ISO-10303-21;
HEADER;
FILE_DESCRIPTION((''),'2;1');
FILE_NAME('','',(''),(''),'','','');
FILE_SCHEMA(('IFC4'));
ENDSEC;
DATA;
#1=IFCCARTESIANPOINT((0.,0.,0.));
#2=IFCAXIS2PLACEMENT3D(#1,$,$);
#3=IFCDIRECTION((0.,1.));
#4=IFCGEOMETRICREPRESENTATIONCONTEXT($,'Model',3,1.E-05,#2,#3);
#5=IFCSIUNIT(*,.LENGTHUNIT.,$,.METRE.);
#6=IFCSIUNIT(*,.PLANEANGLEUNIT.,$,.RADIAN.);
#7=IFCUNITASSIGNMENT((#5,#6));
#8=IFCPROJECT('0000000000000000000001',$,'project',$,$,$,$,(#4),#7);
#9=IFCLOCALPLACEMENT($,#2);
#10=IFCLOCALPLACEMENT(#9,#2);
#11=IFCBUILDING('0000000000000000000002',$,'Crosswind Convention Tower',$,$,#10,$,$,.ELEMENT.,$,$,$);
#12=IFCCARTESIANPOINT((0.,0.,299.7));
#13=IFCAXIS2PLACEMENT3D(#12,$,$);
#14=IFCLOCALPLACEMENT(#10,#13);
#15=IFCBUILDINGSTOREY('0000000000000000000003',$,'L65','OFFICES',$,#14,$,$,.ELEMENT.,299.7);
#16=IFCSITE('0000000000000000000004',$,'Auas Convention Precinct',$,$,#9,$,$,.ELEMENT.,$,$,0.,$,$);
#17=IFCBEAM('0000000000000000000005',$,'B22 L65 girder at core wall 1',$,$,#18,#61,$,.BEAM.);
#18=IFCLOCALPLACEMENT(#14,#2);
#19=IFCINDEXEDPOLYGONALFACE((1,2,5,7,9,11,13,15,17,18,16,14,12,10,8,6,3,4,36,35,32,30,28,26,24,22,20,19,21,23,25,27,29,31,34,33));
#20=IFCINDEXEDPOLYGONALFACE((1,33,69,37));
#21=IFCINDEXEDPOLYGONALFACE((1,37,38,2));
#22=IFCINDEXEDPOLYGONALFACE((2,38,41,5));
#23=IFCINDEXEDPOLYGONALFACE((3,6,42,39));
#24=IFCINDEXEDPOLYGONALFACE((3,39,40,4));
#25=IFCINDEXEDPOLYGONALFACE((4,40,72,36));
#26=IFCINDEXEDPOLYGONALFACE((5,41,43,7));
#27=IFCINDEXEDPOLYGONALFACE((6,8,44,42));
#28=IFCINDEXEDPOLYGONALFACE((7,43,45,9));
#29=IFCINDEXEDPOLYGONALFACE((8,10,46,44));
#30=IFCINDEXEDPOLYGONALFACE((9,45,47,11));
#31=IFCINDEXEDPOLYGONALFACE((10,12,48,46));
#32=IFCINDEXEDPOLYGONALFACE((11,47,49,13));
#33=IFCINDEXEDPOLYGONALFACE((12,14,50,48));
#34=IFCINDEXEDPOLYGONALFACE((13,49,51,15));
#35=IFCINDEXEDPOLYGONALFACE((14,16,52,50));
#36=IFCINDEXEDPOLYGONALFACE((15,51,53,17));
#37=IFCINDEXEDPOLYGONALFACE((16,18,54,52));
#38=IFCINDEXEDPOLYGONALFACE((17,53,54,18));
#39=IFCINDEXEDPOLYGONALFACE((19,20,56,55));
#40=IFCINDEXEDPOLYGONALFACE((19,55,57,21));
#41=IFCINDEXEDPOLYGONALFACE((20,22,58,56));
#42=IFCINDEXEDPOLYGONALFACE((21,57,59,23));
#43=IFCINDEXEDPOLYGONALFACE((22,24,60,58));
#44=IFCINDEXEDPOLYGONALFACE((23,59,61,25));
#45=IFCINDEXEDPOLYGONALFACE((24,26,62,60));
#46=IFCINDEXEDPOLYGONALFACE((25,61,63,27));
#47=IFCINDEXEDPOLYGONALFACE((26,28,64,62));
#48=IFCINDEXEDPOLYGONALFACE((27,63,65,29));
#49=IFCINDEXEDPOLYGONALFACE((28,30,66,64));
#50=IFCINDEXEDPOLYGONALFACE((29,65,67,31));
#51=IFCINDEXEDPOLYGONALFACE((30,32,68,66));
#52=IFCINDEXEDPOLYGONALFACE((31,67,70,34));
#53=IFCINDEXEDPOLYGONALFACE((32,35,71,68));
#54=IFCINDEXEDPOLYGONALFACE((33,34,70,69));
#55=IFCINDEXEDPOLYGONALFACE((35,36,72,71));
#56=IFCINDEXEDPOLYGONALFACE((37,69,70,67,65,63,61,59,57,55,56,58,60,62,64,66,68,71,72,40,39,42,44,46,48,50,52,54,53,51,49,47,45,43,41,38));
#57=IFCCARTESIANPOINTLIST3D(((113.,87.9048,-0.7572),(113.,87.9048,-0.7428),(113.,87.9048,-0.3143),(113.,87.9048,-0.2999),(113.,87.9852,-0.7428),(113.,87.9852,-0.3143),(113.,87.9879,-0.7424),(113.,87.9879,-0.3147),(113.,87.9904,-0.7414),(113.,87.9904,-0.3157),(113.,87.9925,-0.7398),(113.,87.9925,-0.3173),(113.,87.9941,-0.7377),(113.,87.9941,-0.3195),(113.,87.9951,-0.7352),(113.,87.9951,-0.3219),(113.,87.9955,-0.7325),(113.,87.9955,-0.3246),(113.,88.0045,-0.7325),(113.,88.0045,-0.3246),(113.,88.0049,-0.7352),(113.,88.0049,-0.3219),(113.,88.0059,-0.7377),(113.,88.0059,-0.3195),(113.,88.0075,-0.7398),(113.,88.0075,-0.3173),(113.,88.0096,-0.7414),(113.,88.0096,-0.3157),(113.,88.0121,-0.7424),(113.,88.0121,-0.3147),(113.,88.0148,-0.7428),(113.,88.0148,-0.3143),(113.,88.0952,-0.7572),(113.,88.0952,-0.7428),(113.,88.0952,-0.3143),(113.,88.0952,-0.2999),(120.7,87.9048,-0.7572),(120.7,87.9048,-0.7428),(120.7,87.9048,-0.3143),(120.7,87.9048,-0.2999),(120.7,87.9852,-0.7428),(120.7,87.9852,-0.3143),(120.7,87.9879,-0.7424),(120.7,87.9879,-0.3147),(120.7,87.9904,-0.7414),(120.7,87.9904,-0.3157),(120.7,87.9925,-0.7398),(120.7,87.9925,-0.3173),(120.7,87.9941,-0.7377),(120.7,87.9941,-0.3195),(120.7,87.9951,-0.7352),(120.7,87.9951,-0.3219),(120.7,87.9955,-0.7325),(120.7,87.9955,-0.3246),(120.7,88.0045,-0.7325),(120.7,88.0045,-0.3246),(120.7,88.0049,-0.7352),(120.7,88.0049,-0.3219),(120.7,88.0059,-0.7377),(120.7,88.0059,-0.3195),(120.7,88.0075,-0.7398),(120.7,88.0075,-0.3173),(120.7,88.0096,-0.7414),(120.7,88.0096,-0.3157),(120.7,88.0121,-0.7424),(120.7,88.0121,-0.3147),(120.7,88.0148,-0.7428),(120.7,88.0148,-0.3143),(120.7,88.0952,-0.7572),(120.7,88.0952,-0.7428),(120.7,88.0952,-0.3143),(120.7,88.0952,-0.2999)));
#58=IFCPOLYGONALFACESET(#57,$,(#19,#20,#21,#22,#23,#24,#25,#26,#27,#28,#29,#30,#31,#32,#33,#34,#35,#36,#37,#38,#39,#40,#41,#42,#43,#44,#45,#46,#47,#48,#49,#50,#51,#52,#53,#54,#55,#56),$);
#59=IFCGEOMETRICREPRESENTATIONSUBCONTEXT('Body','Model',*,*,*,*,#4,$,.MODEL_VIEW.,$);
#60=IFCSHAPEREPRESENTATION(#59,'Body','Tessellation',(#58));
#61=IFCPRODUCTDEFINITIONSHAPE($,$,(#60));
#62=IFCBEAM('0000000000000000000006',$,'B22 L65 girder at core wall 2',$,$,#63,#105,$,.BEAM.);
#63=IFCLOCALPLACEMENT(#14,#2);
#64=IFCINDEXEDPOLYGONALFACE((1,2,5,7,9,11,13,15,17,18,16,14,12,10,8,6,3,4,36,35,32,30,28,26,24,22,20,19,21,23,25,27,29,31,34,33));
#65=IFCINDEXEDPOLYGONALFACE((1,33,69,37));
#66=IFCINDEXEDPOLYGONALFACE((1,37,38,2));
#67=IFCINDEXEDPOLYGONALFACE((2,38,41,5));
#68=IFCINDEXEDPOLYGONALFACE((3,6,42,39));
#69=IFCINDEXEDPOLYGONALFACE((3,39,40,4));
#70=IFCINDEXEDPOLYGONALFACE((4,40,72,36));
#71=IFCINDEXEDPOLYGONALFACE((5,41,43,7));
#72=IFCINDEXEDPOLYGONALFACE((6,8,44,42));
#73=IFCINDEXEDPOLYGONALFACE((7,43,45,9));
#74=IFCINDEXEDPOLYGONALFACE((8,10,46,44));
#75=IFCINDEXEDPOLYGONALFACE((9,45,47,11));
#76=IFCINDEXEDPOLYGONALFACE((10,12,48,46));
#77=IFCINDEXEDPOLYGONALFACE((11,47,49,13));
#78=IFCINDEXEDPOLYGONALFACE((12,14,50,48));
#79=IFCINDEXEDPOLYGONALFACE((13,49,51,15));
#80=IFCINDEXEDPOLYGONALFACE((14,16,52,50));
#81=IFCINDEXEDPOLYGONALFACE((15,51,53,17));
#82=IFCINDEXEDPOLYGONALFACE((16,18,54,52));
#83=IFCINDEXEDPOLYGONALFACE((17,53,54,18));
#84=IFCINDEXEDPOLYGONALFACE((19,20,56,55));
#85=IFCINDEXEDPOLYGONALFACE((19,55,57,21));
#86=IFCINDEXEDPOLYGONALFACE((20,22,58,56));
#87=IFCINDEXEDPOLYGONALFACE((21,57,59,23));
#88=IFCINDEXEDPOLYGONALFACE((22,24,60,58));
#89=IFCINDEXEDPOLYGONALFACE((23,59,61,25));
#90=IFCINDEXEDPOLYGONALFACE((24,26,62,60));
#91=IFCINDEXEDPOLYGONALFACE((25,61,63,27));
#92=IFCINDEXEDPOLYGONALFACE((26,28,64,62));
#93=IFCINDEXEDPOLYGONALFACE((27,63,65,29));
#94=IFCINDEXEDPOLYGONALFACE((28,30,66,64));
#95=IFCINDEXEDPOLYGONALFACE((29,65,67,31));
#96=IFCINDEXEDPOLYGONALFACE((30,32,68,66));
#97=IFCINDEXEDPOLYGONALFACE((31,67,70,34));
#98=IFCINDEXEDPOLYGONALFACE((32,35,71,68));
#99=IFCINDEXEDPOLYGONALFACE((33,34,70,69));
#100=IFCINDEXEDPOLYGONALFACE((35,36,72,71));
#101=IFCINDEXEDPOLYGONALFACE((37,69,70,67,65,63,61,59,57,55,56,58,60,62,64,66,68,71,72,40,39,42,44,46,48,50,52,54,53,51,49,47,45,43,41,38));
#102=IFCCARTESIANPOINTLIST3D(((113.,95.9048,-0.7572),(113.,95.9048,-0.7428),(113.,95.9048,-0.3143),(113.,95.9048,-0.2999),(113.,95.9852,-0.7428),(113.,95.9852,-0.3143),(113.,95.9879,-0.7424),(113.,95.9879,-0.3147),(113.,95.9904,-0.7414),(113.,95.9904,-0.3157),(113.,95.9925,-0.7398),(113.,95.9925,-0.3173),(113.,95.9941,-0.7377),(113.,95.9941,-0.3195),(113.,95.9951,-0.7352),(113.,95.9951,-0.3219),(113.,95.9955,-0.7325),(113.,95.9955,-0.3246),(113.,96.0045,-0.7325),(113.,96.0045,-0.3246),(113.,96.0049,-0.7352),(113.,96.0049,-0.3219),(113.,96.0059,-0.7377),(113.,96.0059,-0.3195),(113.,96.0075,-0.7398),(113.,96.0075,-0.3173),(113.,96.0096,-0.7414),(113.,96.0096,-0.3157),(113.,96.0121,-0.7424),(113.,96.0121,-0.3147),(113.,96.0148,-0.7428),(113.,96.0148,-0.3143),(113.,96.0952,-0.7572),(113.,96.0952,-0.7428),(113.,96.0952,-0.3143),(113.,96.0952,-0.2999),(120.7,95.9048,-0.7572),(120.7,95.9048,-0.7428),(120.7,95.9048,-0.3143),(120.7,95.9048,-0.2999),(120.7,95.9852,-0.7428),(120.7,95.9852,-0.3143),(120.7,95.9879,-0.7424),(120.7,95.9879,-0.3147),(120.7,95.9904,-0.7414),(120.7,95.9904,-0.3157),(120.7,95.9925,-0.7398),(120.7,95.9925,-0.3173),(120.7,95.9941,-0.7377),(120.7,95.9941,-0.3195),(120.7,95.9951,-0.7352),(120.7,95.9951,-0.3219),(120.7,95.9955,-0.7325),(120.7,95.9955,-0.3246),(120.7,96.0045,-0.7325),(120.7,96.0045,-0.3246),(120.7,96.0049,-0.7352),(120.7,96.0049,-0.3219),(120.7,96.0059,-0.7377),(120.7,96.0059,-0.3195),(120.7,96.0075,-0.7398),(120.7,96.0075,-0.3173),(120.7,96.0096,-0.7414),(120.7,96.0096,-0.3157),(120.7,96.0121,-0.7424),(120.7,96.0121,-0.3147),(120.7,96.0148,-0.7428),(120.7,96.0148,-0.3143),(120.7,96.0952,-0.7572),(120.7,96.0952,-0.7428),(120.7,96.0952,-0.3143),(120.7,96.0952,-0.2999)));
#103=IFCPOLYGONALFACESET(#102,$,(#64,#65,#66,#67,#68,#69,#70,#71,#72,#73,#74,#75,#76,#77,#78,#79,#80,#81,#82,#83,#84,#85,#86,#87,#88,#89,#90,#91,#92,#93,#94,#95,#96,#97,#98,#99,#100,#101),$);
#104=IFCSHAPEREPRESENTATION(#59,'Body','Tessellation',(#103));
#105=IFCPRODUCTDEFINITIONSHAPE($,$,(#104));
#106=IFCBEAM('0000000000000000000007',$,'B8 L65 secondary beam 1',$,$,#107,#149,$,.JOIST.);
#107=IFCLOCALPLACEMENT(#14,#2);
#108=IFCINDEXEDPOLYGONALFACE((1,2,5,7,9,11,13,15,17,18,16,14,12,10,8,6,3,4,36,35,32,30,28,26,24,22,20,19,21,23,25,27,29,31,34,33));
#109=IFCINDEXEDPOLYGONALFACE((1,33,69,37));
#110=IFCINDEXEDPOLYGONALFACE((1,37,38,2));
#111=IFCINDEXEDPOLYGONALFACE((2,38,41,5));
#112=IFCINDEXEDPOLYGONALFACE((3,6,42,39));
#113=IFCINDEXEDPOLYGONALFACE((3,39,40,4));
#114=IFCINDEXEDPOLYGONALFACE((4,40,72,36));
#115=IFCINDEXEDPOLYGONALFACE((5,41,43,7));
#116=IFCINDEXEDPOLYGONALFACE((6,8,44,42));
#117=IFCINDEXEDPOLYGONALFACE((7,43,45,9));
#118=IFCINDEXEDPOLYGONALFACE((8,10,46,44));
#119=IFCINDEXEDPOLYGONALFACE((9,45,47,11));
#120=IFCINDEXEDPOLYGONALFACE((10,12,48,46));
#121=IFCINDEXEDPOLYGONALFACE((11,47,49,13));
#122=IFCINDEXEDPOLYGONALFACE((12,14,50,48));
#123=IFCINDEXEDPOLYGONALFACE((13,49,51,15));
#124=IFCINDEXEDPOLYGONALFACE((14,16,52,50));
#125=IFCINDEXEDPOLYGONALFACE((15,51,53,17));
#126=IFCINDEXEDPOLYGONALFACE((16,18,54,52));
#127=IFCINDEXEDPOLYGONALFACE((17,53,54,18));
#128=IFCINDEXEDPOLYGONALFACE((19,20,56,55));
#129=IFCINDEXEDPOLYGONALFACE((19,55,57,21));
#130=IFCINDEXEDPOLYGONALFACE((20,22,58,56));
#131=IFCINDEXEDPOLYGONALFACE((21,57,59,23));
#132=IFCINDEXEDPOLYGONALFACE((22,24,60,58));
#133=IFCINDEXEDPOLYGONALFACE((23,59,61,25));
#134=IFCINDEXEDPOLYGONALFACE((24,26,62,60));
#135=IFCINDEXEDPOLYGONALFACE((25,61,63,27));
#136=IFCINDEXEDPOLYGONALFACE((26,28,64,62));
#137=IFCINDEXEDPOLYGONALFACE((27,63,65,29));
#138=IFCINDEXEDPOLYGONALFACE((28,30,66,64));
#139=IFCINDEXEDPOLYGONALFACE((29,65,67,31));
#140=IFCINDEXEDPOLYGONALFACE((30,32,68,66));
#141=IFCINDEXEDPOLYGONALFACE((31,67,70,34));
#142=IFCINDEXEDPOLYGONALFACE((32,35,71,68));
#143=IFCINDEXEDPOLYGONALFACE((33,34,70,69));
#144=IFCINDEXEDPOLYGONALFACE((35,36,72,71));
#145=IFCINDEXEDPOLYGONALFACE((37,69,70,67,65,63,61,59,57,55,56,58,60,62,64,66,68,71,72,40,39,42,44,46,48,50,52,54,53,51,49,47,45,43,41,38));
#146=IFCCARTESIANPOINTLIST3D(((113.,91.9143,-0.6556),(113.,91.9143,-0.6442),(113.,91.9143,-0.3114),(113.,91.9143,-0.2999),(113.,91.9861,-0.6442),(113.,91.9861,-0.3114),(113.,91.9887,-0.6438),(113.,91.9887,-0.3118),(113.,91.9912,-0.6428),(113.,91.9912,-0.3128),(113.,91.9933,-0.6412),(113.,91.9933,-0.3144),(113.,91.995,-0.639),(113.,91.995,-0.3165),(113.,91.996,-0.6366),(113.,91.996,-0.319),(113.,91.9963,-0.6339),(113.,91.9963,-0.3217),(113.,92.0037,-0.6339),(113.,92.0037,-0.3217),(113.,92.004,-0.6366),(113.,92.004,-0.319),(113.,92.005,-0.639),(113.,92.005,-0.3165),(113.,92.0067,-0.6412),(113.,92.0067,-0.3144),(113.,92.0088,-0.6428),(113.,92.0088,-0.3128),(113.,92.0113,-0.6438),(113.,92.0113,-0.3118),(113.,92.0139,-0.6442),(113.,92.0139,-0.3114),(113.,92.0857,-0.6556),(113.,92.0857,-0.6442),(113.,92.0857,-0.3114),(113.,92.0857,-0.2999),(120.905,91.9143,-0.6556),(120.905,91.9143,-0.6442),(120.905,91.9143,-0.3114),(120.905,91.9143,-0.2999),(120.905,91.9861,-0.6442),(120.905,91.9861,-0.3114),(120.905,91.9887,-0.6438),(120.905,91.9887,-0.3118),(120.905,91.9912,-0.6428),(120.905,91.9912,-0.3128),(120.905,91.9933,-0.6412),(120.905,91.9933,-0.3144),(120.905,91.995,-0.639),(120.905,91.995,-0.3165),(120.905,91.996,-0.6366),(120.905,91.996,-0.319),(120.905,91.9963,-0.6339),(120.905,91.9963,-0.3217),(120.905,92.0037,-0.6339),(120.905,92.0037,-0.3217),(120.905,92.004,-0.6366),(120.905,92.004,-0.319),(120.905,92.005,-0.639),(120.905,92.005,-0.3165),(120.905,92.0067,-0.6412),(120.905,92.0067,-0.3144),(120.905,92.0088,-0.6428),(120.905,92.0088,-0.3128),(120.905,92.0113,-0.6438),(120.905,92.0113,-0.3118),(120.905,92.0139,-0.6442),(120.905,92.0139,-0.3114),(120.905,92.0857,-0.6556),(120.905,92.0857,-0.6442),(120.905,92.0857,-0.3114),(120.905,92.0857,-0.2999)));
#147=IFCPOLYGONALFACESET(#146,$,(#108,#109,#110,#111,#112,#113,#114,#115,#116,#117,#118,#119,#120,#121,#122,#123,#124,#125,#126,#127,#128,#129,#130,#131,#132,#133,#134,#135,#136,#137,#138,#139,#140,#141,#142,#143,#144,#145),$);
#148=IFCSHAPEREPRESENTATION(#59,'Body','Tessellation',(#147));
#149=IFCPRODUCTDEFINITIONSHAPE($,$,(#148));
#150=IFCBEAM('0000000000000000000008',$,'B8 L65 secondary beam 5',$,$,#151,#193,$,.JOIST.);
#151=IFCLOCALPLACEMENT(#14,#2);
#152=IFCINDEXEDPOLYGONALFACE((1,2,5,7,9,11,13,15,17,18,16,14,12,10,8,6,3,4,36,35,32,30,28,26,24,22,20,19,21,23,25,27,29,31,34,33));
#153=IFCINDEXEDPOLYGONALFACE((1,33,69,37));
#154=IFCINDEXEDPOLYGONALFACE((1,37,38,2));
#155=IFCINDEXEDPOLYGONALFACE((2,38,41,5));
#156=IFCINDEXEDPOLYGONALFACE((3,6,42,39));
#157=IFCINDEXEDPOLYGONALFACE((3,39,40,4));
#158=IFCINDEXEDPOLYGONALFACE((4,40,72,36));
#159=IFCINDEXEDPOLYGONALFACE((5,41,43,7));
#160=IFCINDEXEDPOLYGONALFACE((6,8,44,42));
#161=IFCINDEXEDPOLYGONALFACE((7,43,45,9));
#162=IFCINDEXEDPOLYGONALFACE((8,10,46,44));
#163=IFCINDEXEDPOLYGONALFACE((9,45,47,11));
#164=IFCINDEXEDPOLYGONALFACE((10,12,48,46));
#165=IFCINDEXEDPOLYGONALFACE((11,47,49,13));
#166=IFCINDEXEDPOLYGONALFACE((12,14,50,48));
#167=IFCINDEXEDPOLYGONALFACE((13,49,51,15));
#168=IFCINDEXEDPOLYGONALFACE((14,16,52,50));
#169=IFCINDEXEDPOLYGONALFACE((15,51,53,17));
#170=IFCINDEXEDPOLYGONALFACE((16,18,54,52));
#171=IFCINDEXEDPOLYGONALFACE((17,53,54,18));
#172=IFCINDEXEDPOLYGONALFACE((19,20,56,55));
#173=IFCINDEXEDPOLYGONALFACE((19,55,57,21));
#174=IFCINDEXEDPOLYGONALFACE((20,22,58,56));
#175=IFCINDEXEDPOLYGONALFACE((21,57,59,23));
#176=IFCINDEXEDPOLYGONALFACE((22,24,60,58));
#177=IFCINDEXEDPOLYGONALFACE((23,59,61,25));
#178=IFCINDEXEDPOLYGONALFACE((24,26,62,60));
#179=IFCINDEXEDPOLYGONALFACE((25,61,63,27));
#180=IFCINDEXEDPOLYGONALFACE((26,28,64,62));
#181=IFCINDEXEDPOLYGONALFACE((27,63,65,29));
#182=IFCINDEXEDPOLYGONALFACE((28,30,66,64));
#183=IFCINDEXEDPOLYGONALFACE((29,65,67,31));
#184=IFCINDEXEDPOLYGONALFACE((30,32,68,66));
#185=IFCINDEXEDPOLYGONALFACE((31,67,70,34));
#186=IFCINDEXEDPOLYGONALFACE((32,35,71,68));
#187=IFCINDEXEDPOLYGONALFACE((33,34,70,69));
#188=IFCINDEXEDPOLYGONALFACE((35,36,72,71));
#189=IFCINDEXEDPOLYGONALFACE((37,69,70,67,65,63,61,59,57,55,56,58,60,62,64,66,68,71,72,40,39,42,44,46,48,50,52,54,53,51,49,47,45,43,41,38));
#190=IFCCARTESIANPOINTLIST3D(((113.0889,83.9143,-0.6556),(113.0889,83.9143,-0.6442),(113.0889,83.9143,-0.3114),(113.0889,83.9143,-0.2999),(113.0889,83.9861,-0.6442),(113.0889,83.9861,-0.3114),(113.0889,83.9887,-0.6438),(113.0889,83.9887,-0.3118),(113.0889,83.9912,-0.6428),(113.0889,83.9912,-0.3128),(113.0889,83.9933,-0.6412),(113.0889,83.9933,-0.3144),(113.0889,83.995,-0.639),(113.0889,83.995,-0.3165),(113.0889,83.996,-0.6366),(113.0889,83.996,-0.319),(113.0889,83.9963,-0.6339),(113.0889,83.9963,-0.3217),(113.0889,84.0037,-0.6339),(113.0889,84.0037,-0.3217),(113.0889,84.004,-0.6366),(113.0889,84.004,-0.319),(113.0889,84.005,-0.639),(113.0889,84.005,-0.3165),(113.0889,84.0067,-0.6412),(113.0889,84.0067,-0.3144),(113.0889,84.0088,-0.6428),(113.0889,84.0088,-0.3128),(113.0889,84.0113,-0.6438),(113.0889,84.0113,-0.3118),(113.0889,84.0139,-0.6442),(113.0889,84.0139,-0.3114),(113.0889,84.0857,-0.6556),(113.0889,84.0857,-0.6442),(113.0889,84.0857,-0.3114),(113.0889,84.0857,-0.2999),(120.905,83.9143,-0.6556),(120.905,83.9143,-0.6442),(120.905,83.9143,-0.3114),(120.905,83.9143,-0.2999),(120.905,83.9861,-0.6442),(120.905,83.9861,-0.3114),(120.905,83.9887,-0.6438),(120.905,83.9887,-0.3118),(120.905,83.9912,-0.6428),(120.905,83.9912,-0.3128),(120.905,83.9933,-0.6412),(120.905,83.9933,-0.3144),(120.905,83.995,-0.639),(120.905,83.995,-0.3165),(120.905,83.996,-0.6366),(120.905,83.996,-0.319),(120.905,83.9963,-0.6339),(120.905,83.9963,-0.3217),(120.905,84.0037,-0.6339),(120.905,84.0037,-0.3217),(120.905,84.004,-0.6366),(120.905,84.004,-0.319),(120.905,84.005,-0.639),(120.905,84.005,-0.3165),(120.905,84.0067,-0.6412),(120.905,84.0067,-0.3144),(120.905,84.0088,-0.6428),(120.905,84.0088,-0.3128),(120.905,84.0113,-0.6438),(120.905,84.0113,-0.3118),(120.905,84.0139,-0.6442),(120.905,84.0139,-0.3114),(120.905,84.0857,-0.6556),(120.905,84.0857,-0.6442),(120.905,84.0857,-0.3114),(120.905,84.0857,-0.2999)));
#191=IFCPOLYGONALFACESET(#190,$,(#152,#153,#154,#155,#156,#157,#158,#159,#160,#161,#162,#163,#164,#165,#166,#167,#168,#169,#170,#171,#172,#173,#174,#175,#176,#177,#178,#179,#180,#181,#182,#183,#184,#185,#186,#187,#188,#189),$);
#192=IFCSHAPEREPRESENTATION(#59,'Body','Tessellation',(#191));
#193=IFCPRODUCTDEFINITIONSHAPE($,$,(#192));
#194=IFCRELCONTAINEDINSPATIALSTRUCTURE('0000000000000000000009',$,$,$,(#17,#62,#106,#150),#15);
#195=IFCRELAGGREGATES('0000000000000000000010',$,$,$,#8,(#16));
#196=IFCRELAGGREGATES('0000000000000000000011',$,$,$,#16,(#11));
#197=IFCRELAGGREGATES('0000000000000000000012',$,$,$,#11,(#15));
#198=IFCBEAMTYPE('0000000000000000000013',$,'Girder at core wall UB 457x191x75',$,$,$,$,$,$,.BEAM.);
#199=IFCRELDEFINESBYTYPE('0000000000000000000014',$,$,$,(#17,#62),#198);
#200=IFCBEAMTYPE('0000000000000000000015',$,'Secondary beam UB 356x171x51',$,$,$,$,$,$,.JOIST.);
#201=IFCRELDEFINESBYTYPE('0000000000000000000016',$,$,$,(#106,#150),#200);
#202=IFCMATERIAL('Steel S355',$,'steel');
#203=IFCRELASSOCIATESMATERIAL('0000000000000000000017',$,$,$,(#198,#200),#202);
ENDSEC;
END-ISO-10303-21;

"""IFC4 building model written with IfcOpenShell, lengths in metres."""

from ifc_helpers import new_model, si_unit, direction, frame, origin, origin_2d, place, context, subcontext, project, spatial, i_section, extrude, material, material_profile, profile_set, type_object, element, save


model = new_model("IFC4")

# Units and contexts
model_context = context("Model", 3, precision=1e-05, world=origin(), true_north=direction((0.0, 1.0)))
body_context = subcontext(model_context, "Body", "Model", "MODEL_VIEW")
ifc_project = project(units=[si_unit("LENGTHUNIT", "METRE"), si_unit("PLANEANGLEUNIT", "RADIAN")], contexts=[model_context])

# Site, building, storey
site_placement = place(None, origin())
site = spatial("IfcSite", under=ifc_project, at=site_placement, Name="Auas Convention Precinct", CompositionType="ELEMENT", RefElevation=0.0)
building_placement = place(site_placement, origin())
building = spatial("IfcBuilding", under=site, at=building_placement, Name="Crosswind Convention Tower", CompositionType="ELEMENT")
storey_placement = place(building_placement, frame((0.0, 0.0, 299.7)))
storey = spatial("IfcBuildingStorey", under=building, at=storey_placement, Name="L65", Description="OFFICES", CompositionType="ELEMENT", Elevation=299.7)

# Beams
ifc_material_1 = material(Name="Steel S355", Category="steel")
ifc_material_profile_1 = material_profile(ifc_material_1, i_section(OverallWidth=0.1904, OverallDepth=0.4573, WebThickness=0.009, FlangeThickness=0.0144, FilletRadius=0.0103, at=origin_2d()), Name="UB 457x191x75")
ifc_profile_set_1 = profile_set([ifc_material_profile_1], Name="Steel S355")
beam_type_1 = type_object("IfcBeamType", Name="Girder at core wall UB 457x191x75", PredefinedType="BEAM", material=ifc_profile_set_1)
for number, where, z_axis, x_axis, name in (
    (1, (113.0, 88.0, -0.5286), (1.0, 0.0, 0.0), (0.0, 1.0, 0.0), "B22 L65 girder at core wall 1"),
    (2, (113.0, 96.0, -0.5286), (1.0, 0.0, 0.0), (0.0, 1.0, 0.0), "B22 L65 girder at core wall 2"),
):
    element("IfcBeam", number, at=place(storey_placement, frame(where, z_axis=z_axis, x_axis=x_axis)), inside=storey, type_object=beam_type_1, Name=name, PredefinedType="BEAM", context=body_context, shape_type="SweptSolid", body=[
        extrude(i_section(OverallWidth=0.1904, OverallDepth=0.4573, WebThickness=0.009, FlangeThickness=0.0144, FilletRadius=0.0103, at=origin_2d()), origin(), (0.0, 0.0, 1.0), 7.7),
    ])
ifc_material_profile_2 = material_profile(ifc_material_1, i_section(OverallWidth=0.1714, OverallDepth=0.3557, WebThickness=0.0073, FlangeThickness=0.0115, FilletRadius=0.0103, at=origin_2d()), Name="UB 356x171x51")
ifc_profile_set_2 = profile_set([ifc_material_profile_2], Name="Steel S355")
beam_type_2 = type_object("IfcBeamType", Name="Secondary beam UB 356x171x51", PredefinedType="JOIST", material=ifc_profile_set_2)
beam_1_placement = place(storey_placement, frame((113.0, 92.0, -0.4778), z_axis=(1.0, 0.0, 0.0), x_axis=(0.0, 1.0, 0.0)))
element("IfcBeam", 3, at=beam_1_placement, inside=storey, type_object=beam_type_2, Name="B8 L65 secondary beam 1", PredefinedType="JOIST", context=body_context, shape_type="SweptSolid", body=[
    extrude(i_section(OverallWidth=0.1714, OverallDepth=0.3557, WebThickness=0.0073, FlangeThickness=0.0115, FilletRadius=0.0103, at=origin_2d()), origin(), (0.0, 0.0, 1.0), 7.905),
])
beam_2_placement = place(storey_placement, frame((113.0889, 84.0, -0.4778), z_axis=(1.0, 0.0, 0.0), x_axis=(0.0, 1.0, 0.0)))
element("IfcBeam", 4, at=beam_2_placement, inside=storey, type_object=beam_type_2, Name="B8 L65 secondary beam 5", PredefinedType="JOIST", context=body_context, shape_type="SweptSolid", body=[
    extrude(i_section(OverallWidth=0.1714, OverallDepth=0.3557, WebThickness=0.0073, FlangeThickness=0.0115, FilletRadius=0.0103, at=origin_2d()), origin(), (0.0, 0.0, 1.0), 7.8162),
])

save(model, "model.ifc")
